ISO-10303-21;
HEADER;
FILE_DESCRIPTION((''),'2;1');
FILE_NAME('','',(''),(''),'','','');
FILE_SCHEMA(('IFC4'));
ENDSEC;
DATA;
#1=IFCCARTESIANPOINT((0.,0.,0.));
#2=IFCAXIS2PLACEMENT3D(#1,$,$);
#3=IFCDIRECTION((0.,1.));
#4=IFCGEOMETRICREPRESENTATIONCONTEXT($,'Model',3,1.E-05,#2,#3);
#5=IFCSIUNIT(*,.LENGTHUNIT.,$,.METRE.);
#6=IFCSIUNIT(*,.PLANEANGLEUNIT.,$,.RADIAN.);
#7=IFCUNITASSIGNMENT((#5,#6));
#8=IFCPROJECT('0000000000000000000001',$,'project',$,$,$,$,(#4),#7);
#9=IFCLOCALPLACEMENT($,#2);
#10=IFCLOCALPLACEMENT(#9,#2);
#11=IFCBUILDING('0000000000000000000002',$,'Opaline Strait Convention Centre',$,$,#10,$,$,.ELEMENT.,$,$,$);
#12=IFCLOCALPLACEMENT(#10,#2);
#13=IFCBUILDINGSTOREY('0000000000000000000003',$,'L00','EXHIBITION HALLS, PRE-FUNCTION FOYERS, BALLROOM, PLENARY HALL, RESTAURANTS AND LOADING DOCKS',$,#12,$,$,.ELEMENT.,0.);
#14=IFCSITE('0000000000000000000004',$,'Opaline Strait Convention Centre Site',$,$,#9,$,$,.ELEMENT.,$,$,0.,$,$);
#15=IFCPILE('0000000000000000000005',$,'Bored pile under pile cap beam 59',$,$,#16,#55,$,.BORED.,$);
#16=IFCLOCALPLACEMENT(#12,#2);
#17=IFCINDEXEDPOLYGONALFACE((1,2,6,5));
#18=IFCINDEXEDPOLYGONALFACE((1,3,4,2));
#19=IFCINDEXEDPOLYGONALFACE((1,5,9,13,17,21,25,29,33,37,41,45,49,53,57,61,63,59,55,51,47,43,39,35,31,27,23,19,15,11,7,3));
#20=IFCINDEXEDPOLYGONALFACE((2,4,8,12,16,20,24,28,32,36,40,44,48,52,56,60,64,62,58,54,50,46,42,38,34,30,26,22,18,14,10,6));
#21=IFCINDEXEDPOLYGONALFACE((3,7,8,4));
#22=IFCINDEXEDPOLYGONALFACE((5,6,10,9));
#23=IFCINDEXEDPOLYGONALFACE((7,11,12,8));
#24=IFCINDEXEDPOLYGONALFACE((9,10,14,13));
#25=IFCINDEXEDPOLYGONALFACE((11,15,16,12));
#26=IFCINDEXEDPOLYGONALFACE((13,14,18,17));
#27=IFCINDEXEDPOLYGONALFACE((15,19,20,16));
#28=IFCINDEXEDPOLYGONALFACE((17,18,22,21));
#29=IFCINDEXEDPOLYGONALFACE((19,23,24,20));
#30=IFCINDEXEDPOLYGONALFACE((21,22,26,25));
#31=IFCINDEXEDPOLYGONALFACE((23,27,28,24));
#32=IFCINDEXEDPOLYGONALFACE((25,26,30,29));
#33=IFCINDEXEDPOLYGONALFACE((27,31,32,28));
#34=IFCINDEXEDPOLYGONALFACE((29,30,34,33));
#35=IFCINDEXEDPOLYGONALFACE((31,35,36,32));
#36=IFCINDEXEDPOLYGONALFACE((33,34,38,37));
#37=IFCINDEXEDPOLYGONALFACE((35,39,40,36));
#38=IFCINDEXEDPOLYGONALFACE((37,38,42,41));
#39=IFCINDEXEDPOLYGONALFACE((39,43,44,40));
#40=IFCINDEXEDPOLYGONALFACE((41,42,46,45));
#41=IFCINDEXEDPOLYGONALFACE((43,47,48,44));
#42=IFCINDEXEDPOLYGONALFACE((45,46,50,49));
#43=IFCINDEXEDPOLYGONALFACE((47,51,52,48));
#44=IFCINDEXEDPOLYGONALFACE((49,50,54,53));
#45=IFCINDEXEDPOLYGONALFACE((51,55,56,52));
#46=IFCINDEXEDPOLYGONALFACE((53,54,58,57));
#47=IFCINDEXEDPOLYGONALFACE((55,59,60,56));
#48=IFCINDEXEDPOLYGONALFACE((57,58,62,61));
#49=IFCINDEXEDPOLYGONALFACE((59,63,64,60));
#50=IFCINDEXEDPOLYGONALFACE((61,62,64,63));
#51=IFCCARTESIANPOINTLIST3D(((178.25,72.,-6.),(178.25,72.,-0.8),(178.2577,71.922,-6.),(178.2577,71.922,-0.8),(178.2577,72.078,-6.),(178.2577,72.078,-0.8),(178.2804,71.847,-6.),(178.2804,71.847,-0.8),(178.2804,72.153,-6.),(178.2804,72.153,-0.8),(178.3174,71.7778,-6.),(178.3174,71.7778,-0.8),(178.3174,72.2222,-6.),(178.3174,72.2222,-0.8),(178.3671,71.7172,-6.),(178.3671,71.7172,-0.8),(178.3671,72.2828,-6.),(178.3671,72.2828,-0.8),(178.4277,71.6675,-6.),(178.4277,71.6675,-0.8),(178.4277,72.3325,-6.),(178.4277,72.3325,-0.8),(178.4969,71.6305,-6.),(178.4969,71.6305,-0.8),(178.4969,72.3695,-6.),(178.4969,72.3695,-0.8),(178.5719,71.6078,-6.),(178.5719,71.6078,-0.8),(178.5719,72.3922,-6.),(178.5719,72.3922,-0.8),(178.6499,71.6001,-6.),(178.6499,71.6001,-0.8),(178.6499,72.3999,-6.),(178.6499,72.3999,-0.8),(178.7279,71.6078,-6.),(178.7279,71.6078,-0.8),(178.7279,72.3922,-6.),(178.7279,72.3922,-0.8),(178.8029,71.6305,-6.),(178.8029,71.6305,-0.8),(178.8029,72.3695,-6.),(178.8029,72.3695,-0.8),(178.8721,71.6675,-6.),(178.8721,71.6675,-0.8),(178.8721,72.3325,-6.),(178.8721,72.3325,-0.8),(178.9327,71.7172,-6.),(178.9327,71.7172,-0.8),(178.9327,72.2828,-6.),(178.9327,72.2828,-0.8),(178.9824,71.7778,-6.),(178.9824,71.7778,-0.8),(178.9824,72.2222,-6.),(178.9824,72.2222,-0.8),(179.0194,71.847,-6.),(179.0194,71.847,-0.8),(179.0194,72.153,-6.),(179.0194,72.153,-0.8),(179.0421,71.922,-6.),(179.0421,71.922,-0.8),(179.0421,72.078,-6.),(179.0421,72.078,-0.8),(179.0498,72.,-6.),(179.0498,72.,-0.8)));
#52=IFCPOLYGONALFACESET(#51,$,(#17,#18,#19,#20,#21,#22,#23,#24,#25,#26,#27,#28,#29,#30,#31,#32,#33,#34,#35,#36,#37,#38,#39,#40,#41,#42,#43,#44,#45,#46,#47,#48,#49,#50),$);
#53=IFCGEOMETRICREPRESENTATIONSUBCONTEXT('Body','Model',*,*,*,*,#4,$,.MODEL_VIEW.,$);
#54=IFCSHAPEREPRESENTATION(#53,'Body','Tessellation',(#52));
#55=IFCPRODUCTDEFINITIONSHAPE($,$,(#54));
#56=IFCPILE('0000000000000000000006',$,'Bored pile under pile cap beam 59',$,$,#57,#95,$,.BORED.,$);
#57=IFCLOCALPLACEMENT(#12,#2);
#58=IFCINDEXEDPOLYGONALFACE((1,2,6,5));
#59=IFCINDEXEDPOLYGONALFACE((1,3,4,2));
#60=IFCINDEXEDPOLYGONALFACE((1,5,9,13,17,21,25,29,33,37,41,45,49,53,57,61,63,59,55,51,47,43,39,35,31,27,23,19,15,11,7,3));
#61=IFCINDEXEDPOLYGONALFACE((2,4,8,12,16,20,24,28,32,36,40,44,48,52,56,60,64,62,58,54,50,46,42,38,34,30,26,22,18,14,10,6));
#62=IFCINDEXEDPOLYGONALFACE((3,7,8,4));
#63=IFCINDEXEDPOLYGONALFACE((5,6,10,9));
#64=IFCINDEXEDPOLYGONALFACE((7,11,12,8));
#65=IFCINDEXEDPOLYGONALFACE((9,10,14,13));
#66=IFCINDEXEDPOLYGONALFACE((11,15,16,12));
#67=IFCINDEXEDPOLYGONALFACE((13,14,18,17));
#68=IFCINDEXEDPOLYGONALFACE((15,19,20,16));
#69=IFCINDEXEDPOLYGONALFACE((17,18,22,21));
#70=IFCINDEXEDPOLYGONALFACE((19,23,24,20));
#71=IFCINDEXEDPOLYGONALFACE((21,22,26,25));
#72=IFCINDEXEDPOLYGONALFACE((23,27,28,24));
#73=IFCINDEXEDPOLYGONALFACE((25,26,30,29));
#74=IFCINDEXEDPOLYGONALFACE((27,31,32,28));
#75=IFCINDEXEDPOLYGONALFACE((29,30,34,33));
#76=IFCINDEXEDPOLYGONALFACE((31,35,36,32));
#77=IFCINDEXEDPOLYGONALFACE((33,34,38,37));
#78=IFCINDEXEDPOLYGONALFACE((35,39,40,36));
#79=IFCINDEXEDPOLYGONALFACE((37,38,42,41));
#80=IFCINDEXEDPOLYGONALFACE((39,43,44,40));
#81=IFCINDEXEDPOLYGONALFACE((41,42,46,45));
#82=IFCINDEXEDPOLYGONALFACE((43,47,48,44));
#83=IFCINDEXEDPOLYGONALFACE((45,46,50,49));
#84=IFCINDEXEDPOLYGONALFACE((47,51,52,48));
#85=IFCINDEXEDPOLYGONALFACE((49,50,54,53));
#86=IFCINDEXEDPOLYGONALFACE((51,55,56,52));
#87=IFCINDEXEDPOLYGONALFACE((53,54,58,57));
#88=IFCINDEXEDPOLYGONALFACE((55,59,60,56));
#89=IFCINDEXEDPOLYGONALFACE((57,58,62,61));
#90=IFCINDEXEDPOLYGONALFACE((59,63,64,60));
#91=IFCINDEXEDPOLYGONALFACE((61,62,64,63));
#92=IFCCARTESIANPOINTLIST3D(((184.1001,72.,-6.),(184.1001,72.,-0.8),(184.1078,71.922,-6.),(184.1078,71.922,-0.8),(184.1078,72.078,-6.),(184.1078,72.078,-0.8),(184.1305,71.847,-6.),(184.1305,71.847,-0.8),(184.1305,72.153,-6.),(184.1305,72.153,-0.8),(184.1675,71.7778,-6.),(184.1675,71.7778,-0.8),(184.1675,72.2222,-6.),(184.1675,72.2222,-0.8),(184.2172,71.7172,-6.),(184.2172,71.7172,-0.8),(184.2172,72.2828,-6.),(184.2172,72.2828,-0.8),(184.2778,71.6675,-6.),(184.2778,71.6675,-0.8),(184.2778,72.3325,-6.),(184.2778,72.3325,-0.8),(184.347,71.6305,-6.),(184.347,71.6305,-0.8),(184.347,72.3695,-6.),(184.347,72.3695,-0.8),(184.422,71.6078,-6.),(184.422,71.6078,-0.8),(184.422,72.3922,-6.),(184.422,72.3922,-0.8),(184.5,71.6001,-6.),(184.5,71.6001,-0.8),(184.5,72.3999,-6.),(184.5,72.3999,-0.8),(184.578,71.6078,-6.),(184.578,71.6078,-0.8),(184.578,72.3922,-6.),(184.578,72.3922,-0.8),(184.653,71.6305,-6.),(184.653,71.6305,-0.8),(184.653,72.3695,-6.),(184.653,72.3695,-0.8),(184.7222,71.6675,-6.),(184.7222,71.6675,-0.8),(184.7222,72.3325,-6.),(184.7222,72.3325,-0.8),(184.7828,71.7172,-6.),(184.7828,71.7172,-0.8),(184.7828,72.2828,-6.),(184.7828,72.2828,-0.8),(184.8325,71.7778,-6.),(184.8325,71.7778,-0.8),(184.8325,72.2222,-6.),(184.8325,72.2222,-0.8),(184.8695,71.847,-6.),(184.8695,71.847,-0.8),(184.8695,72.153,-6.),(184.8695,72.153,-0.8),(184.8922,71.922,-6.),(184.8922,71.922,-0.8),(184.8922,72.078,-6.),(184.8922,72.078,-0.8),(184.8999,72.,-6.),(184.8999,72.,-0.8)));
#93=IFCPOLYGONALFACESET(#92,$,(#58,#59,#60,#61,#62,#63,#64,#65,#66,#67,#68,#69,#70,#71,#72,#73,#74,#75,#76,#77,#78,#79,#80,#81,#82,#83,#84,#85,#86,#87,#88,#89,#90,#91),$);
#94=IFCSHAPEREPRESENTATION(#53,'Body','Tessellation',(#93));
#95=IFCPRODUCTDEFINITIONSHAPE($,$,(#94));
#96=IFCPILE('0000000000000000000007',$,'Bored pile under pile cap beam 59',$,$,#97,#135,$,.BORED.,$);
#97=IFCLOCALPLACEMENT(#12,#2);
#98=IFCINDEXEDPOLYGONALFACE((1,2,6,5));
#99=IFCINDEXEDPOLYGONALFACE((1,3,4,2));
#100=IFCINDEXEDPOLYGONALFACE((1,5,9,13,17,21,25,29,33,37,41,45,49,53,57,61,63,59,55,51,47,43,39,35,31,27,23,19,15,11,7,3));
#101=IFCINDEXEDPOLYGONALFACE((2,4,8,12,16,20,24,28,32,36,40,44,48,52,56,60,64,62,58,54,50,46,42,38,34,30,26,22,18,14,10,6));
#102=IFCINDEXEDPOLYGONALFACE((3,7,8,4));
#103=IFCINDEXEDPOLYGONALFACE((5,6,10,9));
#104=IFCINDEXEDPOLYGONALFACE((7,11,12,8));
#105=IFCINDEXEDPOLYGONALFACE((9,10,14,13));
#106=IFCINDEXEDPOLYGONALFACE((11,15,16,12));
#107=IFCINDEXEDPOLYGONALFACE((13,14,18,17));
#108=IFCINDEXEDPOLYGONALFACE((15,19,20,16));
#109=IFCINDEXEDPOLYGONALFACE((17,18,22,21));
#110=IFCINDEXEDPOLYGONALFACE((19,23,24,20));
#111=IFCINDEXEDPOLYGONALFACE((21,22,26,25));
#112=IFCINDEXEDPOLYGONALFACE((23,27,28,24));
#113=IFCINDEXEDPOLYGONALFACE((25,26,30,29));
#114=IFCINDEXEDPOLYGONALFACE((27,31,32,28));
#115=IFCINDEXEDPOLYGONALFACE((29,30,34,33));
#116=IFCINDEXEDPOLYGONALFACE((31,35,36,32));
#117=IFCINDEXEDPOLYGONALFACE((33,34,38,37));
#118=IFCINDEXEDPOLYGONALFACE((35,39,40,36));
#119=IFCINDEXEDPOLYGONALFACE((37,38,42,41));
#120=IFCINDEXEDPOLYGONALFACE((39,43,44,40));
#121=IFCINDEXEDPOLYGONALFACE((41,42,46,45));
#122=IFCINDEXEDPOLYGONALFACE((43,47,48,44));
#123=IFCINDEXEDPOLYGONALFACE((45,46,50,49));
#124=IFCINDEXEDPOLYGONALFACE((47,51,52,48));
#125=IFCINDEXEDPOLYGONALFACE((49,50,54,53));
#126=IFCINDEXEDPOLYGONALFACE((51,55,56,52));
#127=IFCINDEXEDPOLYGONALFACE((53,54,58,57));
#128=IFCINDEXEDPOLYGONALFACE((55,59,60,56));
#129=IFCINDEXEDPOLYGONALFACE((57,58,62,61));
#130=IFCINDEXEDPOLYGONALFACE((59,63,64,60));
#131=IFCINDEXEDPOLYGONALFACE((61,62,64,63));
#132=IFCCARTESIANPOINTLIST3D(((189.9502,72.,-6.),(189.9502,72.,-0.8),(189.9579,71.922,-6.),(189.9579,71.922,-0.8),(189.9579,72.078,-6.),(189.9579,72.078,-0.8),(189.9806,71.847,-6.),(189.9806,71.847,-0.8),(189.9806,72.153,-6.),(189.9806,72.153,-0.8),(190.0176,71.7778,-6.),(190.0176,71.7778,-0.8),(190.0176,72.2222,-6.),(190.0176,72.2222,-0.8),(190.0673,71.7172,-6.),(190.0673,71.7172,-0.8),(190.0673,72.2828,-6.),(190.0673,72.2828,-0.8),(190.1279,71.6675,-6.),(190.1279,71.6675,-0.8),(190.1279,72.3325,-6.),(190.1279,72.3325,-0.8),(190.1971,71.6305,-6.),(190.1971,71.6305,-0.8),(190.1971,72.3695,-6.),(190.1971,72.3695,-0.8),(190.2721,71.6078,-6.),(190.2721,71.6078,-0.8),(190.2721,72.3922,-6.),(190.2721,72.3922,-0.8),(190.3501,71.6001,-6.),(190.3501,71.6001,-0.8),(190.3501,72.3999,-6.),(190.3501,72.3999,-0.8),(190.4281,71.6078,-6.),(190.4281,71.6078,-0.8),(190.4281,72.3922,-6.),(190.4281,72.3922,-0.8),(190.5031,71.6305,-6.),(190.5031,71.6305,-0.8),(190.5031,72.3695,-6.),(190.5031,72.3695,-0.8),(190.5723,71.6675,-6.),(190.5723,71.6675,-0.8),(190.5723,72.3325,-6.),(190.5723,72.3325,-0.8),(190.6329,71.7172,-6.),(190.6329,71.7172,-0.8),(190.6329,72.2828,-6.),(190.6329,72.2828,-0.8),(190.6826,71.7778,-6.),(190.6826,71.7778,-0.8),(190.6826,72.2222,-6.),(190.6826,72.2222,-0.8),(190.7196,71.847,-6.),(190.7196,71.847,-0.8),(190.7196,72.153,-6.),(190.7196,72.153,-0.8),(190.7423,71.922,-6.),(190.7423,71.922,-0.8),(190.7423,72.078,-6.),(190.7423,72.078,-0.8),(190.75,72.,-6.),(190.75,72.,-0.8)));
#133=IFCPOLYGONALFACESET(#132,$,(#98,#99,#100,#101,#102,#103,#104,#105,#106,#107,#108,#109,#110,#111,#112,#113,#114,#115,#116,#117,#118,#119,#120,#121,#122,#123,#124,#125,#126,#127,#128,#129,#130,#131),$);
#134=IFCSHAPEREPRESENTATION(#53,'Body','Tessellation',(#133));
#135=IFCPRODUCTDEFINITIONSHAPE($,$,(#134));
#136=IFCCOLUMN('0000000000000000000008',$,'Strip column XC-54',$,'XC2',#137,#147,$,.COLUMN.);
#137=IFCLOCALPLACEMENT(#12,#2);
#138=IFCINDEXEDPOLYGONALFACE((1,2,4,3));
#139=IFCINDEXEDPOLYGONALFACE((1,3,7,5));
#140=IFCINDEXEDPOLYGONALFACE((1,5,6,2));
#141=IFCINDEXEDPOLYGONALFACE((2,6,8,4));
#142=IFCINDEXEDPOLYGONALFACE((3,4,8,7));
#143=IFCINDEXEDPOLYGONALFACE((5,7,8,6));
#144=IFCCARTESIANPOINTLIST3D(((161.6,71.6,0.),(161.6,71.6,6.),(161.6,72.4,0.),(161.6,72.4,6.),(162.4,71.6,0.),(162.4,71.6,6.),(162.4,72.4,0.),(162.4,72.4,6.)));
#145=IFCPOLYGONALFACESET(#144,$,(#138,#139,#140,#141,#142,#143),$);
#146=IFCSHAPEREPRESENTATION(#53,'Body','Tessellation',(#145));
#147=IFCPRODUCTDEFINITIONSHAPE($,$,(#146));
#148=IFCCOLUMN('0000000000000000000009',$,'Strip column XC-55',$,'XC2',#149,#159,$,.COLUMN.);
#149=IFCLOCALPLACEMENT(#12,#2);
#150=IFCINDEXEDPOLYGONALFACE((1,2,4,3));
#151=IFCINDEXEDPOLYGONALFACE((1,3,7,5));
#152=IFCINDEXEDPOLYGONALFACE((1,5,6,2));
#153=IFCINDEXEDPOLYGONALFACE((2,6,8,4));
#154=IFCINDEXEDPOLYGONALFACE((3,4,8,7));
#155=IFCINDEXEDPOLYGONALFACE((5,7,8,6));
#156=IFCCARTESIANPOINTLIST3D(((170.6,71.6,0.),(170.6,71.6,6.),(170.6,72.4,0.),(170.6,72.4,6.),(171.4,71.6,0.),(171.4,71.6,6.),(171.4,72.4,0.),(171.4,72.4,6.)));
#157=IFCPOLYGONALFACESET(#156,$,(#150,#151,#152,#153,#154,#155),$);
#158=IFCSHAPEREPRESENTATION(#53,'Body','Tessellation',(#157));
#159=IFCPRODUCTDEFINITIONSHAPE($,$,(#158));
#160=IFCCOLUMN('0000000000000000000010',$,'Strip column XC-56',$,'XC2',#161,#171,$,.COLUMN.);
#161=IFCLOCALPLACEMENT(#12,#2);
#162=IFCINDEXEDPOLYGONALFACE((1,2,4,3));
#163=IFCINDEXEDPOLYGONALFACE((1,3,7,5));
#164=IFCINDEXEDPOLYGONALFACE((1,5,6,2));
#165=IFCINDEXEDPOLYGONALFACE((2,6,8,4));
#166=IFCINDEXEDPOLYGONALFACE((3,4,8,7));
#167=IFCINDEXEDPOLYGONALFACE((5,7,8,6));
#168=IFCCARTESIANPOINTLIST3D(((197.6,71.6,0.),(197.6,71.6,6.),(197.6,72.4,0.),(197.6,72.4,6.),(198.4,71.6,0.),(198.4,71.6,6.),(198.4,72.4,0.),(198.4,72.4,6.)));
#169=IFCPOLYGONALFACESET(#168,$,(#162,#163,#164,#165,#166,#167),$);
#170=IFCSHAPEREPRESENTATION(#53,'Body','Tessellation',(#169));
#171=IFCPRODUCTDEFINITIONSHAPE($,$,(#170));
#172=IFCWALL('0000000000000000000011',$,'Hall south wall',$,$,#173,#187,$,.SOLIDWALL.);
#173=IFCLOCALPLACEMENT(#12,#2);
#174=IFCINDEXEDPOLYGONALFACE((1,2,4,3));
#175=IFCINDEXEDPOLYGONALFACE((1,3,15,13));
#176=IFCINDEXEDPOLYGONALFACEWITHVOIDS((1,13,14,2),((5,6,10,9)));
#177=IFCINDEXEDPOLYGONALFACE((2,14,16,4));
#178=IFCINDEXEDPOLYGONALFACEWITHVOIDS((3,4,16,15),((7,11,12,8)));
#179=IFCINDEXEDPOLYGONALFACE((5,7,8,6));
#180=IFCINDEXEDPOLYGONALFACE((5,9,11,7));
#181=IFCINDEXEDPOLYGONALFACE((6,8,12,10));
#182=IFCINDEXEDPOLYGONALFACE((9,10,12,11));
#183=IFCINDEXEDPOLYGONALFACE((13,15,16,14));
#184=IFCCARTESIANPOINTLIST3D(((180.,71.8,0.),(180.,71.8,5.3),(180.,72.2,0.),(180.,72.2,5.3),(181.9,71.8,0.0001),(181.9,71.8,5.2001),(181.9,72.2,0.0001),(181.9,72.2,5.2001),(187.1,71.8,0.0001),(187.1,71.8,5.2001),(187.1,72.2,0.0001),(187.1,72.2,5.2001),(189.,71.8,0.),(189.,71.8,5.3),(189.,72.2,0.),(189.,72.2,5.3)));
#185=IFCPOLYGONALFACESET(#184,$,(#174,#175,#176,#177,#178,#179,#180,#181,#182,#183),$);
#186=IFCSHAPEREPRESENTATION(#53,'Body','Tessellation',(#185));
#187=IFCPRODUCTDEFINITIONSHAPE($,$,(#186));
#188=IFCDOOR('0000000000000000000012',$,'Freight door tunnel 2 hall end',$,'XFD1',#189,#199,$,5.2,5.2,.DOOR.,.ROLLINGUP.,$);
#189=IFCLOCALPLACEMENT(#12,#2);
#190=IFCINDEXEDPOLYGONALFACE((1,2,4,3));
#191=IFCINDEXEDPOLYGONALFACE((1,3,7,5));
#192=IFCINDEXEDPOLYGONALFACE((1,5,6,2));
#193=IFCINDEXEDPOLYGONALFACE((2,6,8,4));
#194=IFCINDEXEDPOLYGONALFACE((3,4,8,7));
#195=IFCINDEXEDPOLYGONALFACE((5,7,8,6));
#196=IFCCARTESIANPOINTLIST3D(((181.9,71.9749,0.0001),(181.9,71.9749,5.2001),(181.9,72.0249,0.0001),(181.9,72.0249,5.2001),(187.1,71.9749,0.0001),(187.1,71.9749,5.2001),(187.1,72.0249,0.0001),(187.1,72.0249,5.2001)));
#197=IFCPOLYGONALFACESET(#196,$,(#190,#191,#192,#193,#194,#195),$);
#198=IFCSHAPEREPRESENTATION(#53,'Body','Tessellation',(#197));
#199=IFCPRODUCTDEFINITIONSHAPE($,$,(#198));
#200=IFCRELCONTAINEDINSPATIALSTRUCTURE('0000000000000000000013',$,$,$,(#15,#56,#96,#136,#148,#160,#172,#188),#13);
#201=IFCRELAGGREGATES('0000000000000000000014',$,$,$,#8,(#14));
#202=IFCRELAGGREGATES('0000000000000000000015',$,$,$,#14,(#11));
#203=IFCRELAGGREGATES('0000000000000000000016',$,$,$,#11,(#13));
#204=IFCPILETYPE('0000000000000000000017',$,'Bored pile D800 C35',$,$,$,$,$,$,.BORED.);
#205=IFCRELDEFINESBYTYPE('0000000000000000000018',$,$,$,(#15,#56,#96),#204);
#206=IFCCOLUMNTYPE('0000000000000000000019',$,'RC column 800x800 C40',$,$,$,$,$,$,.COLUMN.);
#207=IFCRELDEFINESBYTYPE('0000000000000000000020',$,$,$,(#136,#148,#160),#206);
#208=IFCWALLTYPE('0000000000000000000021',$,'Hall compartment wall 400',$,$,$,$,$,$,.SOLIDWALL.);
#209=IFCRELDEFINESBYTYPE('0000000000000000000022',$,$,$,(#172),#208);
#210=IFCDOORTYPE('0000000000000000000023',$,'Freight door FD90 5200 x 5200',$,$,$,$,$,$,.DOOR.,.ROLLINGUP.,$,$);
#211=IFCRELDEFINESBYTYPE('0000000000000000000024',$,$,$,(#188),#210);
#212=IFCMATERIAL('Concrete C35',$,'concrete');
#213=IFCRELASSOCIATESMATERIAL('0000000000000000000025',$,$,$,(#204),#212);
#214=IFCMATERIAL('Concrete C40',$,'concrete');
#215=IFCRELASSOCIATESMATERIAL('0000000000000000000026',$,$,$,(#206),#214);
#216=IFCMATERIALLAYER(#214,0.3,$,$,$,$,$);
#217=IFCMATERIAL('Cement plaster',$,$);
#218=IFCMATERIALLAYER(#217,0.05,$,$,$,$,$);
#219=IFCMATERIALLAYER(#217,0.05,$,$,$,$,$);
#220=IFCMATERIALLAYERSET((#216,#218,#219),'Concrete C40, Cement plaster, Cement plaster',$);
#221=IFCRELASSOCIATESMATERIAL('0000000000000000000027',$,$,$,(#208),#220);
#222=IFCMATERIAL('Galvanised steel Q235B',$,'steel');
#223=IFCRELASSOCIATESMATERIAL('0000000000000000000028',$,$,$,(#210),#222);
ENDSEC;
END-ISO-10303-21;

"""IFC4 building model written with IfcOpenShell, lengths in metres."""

from ifc_helpers import new_model, si_unit, direction, frame, frame_2d, origin, origin_2d, place, context, subcontext, project, spatial, rectangle, circle, extrude, material, layer, layer_set, material_profile, profile_set, type_object, element, fill, save


model = new_model("IFC4")

# Units and contexts
model_context = context("Model", 3, precision=1e-05, world=origin(), true_north=direction((0.0, 1.0)))
body_context = subcontext(model_context, "Body", "Model", "MODEL_VIEW")
ifc_project = project(units=[si_unit("LENGTHUNIT", "METRE"), si_unit("PLANEANGLEUNIT", "RADIAN")], contexts=[model_context])

# Site, building, storey
site_placement = place(None, origin())
site = spatial("IfcSite", under=ifc_project, at=site_placement, Name="Opaline Strait Convention Centre Site", CompositionType="ELEMENT", RefElevation=0.0)
building_placement = place(site_placement, origin())
building = spatial("IfcBuilding", under=site, at=building_placement, Name="Opaline Strait Convention Centre", CompositionType="ELEMENT")
storey_placement = place(building_placement, origin())
storey = spatial("IfcBuildingStorey", under=building, at=storey_placement, Name="L00", Description="EXHIBITION HALLS, PRE-FUNCTION FOYERS, BALLROOM, PLENARY HALL, RESTAURANTS AND LOADING DOCKS", CompositionType="ELEMENT", Elevation=0.0)

# Piles
ifc_material_1 = material(Name="Concrete C35", Category="concrete")
ifc_material_profile_1 = material_profile(ifc_material_1, circle(Radius=0.3999, at=origin_2d()), Name="D800")
ifc_profile_set_1 = profile_set([ifc_material_profile_1], Name="Concrete C35")
pile_type = type_object("IfcPileType", Name="Bored pile D800 C35", PredefinedType="BORED", material=ifc_profile_set_1)
for number, where, z_axis, x_axis, name in (
    (1, (178.6499, 72.0, -0.8), (0.0, 0.0, -1.0), (1.0, 0.0, 0.0), "Bored pile under pile cap beam 59"),
    (2, (184.5, 72.0, -0.8), (0.0, 0.0, -1.0), (1.0, 0.0, 0.0), "Bored pile under pile cap beam 59"),
    (3, (190.3501, 72.0, -0.8), (0.0, 0.0, -1.0), (1.0, 0.0, 0.0), "Bored pile under pile cap beam 59"),
):
    element("IfcPile", number, at=place(storey_placement, frame(where, z_axis=z_axis, x_axis=x_axis)), inside=storey, type_object=pile_type, Name=name, PredefinedType="BORED", context=body_context, shape_type="SweptSolid", body=[
        extrude(circle(Radius=0.3999, at=origin_2d()), origin(), (0.0, 0.0, 1.0), 5.2),
    ])

# Columns
ifc_material_2 = material(Name="Concrete C40", Category="concrete")
ifc_material_profile_2 = material_profile(ifc_material_2, rectangle(XDim=0.8, YDim=0.8, at=origin_2d()), Name="RC 800x800")
ifc_profile_set_2 = profile_set([ifc_material_profile_2], Name="Concrete C40")
column_type = type_object("IfcColumnType", Name="RC column 800x800 C40", PredefinedType="COLUMN", material=ifc_profile_set_2)
for number, where, z_axis, x_axis, name in (
    (4, (162.0, 72.0, 0.0), (0.0, 0.0, 1.0), (1.0, 0.0, 0.0), "Strip column XC-54"),
    (5, (171.0, 72.0, 0.0), (0.0, 0.0, 1.0), (1.0, 0.0, 0.0), "Strip column XC-55"),
    (6, (198.0, 72.0, 0.0), (0.0, 0.0, 1.0), (1.0, 0.0, 0.0), "Strip column XC-56"),
):
    element("IfcColumn", number, at=place(storey_placement, frame(where, z_axis=z_axis, x_axis=x_axis)), inside=storey, type_object=column_type, Name=name, ObjectType="XC2", PredefinedType="COLUMN", context=body_context, shape_type="SweptSolid", body=[
        extrude(rectangle(XDim=0.8, YDim=0.8, at=origin_2d()), origin(), (0.0, 0.0, 1.0), 6.0),
    ])

# Wall, opening, door
ifc_layer_1 = layer(ifc_material_2, 0.3)
ifc_material_3 = material(Name="Cement plaster")
ifc_layer_2 = layer(ifc_material_3, 0.05)
ifc_layer_3 = layer(ifc_material_3, 0.05)
ifc_layer_set = layer_set([ifc_layer_1, ifc_layer_2, ifc_layer_3], Name="Concrete C40, Cement plaster, Cement plaster")
wall_type = type_object("IfcWallType", Name="Hall compartment wall 400", PredefinedType="SOLIDWALL", material=ifc_layer_set)
wall_1_placement = place(storey_placement, frame((180.0, 72.0, 0.0), z_axis=(0.0, 0.0, 1.0), x_axis=(1.0, 0.0, 0.0)))
wall_1 = element("IfcWall", 7, at=wall_1_placement, inside=storey, type_object=wall_type, Name="Hall south wall", PredefinedType="SOLIDWALL", context=body_context, shape_type="SweptSolid", body=[
    extrude(rectangle(XDim=9.0, YDim=0.3999, at=frame_2d((4.5, 0.0))), origin(), (0.0, 0.0, 1.0), 5.3),
])
opening_1_placement = place(wall_1_placement, frame((1.8999, 0.0, 0.0)))
opening_1 = element("IfcOpeningElement", 8, at=opening_1_placement, cuts=wall_1, PredefinedType="OPENING", context=body_context, shape_type="SweptSolid", body=[
    extrude(rectangle(XDim=5.2, YDim=5.2, at=frame_2d((2.6001, 2.6001))), frame((0.0, 0.21, 0.0), z_axis=(0.0, -1.0, 0.0), x_axis=(1.0, 0.0, 0.0)), (0.0, 0.0, 1.0), 0.4199),
])
ifc_material_4 = material(Name="Galvanised steel Q235B", Category="steel")
door_type_1 = type_object("IfcDoorType", Name="Freight door FD90 5200 x 5200", OperationType="ROLLINGUP", PredefinedType="DOOR", material=ifc_material_4)
door_1_placement = place(opening_1_placement, origin())
door_1 = element("IfcDoor", 9, at=door_1_placement, inside=storey, type_object=door_type_1, Name="Freight door tunnel 2 hall end", ObjectType="XFD1", OperationType="ROLLINGUP", OverallHeight=5.2, OverallWidth=5.2, PredefinedType="DOOR", context=body_context, shape_type="SweptSolid", body=[
    extrude(rectangle(XDim=5.2, YDim=5.2, at=frame_2d((2.6001, 2.6001))), frame((0.0, 0.0249, 0.0), z_axis=(0.0, -1.0, 0.0), x_axis=(1.0, 0.0, 0.0)), (0.0, 0.0, 1.0), 0.05),
])
fill(opening_1, door_1)

save(model, "model.ifc")
